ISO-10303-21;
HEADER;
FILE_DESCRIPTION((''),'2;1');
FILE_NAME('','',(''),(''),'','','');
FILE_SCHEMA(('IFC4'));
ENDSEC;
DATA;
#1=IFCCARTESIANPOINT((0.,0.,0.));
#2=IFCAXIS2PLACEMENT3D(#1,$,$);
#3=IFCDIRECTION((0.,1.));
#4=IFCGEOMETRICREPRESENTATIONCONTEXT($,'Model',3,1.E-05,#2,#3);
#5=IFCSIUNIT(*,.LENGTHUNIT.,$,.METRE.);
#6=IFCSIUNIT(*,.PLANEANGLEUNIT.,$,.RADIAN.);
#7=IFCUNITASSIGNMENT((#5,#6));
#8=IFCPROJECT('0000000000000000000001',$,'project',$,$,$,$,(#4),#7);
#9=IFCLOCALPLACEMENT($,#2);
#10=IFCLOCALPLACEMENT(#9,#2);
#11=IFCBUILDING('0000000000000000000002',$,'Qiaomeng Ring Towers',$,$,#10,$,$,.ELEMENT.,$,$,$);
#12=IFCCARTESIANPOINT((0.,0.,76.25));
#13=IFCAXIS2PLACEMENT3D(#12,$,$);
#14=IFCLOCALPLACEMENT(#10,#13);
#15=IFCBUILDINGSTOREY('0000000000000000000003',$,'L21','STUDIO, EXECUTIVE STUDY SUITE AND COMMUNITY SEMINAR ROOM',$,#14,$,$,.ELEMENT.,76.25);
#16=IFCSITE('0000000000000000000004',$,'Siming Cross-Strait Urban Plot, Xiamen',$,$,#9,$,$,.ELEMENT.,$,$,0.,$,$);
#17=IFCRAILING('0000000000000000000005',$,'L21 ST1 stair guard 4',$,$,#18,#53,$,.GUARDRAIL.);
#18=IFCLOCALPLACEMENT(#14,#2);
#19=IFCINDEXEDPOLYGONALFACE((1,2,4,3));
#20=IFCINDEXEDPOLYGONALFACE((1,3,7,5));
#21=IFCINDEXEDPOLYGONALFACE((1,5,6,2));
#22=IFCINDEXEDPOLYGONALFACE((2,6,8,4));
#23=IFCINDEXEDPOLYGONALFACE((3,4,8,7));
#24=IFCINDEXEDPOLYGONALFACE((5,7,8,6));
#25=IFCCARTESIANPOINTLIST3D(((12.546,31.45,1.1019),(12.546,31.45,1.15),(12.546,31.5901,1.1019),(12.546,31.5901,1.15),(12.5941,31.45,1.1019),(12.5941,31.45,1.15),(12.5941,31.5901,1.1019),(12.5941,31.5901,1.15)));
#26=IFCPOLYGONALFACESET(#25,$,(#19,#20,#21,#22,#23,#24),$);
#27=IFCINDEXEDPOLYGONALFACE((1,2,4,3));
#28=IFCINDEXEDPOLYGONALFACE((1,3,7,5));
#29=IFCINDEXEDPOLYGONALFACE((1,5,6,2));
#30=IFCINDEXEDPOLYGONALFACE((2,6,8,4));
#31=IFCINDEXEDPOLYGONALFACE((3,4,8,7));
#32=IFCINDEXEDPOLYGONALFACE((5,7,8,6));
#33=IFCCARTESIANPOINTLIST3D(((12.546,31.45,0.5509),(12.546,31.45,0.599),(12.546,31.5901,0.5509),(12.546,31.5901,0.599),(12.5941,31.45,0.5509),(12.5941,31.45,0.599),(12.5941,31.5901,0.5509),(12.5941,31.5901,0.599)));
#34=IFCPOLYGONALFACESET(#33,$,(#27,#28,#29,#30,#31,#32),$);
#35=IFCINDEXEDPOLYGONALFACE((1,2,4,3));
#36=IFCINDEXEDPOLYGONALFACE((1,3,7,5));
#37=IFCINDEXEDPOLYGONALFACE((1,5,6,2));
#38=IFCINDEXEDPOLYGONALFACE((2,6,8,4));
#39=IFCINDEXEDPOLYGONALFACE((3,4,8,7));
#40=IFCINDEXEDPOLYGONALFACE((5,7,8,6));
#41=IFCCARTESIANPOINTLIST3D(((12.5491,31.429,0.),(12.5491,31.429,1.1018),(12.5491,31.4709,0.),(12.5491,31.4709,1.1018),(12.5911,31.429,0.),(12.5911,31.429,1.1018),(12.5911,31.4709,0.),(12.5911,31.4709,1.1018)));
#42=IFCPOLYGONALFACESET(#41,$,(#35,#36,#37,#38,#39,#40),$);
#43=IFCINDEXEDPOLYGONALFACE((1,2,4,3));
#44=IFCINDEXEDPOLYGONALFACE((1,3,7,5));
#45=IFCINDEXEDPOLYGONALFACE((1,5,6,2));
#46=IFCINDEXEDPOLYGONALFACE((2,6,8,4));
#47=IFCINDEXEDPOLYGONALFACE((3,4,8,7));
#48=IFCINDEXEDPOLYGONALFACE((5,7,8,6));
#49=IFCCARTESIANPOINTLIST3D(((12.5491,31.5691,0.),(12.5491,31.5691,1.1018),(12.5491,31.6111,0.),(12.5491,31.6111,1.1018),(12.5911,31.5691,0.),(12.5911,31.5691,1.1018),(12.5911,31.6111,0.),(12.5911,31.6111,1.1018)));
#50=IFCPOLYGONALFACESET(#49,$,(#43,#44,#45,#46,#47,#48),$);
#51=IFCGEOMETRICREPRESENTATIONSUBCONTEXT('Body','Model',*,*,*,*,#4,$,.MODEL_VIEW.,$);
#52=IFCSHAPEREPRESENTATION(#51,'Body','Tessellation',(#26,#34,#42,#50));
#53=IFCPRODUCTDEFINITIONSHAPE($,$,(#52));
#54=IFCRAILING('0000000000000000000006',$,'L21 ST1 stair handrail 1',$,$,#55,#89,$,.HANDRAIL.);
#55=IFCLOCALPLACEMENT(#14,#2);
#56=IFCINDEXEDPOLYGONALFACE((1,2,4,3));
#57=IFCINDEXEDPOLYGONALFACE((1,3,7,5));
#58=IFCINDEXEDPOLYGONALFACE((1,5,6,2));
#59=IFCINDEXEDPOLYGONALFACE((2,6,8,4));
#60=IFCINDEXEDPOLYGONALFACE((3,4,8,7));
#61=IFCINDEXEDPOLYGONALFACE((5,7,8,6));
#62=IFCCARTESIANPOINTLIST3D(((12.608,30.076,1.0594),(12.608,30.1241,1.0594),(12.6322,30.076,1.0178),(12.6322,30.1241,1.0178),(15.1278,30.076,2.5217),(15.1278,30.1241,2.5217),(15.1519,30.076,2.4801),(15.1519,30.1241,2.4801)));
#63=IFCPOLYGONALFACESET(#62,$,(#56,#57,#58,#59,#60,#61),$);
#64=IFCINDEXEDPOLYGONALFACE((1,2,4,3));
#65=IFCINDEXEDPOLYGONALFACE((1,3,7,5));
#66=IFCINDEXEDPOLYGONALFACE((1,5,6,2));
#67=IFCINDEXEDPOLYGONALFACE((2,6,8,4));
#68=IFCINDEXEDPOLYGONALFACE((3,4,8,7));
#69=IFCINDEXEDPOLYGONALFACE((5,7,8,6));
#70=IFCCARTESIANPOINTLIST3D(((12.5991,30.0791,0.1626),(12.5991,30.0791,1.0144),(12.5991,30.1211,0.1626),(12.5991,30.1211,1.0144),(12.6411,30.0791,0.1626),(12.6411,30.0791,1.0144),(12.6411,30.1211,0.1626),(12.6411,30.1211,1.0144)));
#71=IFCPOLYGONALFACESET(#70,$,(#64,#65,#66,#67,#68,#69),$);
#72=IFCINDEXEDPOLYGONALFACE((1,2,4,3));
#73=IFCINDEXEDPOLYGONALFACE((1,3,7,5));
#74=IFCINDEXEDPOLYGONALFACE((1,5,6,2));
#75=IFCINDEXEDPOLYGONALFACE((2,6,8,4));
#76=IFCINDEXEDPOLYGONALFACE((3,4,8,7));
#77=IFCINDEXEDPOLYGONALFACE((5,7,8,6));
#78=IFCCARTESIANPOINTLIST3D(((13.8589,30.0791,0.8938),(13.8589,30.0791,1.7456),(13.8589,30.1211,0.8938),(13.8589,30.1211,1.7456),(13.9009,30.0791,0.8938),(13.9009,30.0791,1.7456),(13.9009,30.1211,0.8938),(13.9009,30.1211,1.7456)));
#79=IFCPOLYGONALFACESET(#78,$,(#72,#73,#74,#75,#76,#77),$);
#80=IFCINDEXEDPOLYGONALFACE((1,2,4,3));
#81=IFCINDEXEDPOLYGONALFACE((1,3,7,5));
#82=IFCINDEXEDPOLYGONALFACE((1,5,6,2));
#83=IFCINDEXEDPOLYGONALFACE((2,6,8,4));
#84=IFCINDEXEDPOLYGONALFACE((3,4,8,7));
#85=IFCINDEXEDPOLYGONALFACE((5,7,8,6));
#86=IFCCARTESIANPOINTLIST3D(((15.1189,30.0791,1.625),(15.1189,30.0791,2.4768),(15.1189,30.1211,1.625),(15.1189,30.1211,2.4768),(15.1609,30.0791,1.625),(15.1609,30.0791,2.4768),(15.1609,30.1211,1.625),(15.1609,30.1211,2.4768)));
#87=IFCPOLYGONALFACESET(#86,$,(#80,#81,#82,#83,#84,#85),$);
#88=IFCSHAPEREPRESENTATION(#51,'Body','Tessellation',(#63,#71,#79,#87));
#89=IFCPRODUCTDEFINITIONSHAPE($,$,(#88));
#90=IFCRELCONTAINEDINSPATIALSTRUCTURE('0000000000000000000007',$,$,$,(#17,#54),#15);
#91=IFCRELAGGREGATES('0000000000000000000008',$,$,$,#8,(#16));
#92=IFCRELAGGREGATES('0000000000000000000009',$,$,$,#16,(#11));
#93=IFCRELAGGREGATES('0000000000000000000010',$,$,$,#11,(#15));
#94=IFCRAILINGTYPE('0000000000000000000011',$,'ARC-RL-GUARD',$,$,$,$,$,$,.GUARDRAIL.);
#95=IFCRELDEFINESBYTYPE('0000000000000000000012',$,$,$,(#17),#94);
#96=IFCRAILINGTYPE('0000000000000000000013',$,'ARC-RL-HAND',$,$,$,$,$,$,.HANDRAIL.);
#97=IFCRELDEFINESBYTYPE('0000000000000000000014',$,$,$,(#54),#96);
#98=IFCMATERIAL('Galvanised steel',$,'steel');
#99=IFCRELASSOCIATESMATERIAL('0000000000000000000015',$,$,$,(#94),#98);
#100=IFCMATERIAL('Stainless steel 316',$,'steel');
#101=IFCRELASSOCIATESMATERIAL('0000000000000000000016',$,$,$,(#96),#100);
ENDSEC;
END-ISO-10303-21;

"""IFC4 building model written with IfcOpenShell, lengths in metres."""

from ifc_helpers import new_model, si_unit, direction, frame, origin, origin_2d, place, context, subcontext, project, spatial, rectangle, extrude, material, type_object, element, save


model = new_model("IFC4")

# Units and contexts
model_context = context("Model", 3, precision=1e-05, world=origin(), true_north=direction((0.0, 1.0)))
body_context = subcontext(model_context, "Body", "Model", "MODEL_VIEW")
ifc_project = project(units=[si_unit("LENGTHUNIT", "METRE"), si_unit("PLANEANGLEUNIT", "RADIAN")], contexts=[model_context])

# Site, building, storey
site_placement = place(None, origin())
site = spatial("IfcSite", under=ifc_project, at=site_placement, Name="Siming Cross-Strait Urban Plot, Xiamen", CompositionType="ELEMENT", RefElevation=0.0)
building_placement = place(site_placement, origin())
building = spatial("IfcBuilding", under=site, at=building_placement, Name="Qiaomeng Ring Towers", CompositionType="ELEMENT")
storey_placement = place(building_placement, frame((0.0, 0.0, 76.25)))
storey = spatial("IfcBuildingStorey", under=building, at=storey_placement, Name="L21", Description="STUDIO, EXECUTIVE STUDY SUITE AND COMMUNITY SEMINAR ROOM", CompositionType="ELEMENT", Elevation=76.25)

# Shared definitions
ifc_material_1 = material(Name="Galvanised steel", Category="steel")

# Shared definitions
ifc_material_2 = material(Name="Stainless steel 316", Category="steel")

# Railings
railing_type_1 = type_object("IfcRailingType", Name="ARC-RL-GUARD", PredefinedType="GUARDRAIL", material=ifc_material_1)
railing_1_placement = place(storey_placement, frame((12.5701, 31.45, 0.0)))
element("IfcRailing", 1, at=railing_1_placement, inside=storey, type_object=railing_type_1, Name="L21 ST1 stair guard 4", PredefinedType="GUARDRAIL", context=body_context, shape_type="SweptSolid", body=[
    extrude(rectangle(XDim=0.0481, YDim=0.0481, at=origin_2d()), frame((0.0, 0.0, 1.126), z_axis=(0.0, 1.0, 0.0), x_axis=(-1.0, 0.0, 0.0)), (0.0, 0.0, 1.0), 0.1401),
    extrude(rectangle(XDim=0.0481, YDim=0.0481, at=origin_2d()), frame((0.0, 0.0, 0.575), z_axis=(0.0, 1.0, 0.0), x_axis=(-1.0, 0.0, 0.0)), (0.0, 0.0, 1.0), 0.1401),
    extrude(rectangle(XDim=0.042, YDim=0.042, at=origin_2d()), origin(), (0.0, 0.0, 1.0), 1.1018),
    extrude(rectangle(XDim=0.042, YDim=0.042, at=origin_2d()), frame((0.0, 0.1401, 0.0)), (0.0, 0.0, 1.0), 1.1018),
])
railing_type_2 = type_object("IfcRailingType", Name="ARC-RL-HAND", PredefinedType="HANDRAIL", material=ifc_material_2)
railing_2_placement = place(storey_placement, frame((12.6201, 30.1001, 0.1626)))
element("IfcRailing", 2, at=railing_2_placement, inside=storey, type_object=railing_type_2, Name="L21 ST1 stair handrail 1", PredefinedType="HANDRAIL", context=body_context, shape_type="SweptSolid", body=[
    extrude(rectangle(XDim=0.0481, YDim=0.0481, at=origin_2d()), frame((0.0, 0.0, 0.876), z_axis=(0.864892, 0.0, 0.501958), x_axis=(0.0, 1.0, 0.0)), (0.0, 0.0, 1.0), 2.9133),
    extrude(rectangle(XDim=0.042, YDim=0.042, at=origin_2d()), origin(), (0.0, 0.0, 1.0), 0.8518),
    extrude(rectangle(XDim=0.042, YDim=0.042, at=origin_2d()), frame((1.2598, 0.0, 0.7312)), (0.0, 0.0, 1.0), 0.8518),
    extrude(rectangle(XDim=0.042, YDim=0.042, at=origin_2d()), frame((2.5198, 0.0, 1.4624)), (0.0, 0.0, 1.0), 0.8518),
])

save(model, "model.ifc")
